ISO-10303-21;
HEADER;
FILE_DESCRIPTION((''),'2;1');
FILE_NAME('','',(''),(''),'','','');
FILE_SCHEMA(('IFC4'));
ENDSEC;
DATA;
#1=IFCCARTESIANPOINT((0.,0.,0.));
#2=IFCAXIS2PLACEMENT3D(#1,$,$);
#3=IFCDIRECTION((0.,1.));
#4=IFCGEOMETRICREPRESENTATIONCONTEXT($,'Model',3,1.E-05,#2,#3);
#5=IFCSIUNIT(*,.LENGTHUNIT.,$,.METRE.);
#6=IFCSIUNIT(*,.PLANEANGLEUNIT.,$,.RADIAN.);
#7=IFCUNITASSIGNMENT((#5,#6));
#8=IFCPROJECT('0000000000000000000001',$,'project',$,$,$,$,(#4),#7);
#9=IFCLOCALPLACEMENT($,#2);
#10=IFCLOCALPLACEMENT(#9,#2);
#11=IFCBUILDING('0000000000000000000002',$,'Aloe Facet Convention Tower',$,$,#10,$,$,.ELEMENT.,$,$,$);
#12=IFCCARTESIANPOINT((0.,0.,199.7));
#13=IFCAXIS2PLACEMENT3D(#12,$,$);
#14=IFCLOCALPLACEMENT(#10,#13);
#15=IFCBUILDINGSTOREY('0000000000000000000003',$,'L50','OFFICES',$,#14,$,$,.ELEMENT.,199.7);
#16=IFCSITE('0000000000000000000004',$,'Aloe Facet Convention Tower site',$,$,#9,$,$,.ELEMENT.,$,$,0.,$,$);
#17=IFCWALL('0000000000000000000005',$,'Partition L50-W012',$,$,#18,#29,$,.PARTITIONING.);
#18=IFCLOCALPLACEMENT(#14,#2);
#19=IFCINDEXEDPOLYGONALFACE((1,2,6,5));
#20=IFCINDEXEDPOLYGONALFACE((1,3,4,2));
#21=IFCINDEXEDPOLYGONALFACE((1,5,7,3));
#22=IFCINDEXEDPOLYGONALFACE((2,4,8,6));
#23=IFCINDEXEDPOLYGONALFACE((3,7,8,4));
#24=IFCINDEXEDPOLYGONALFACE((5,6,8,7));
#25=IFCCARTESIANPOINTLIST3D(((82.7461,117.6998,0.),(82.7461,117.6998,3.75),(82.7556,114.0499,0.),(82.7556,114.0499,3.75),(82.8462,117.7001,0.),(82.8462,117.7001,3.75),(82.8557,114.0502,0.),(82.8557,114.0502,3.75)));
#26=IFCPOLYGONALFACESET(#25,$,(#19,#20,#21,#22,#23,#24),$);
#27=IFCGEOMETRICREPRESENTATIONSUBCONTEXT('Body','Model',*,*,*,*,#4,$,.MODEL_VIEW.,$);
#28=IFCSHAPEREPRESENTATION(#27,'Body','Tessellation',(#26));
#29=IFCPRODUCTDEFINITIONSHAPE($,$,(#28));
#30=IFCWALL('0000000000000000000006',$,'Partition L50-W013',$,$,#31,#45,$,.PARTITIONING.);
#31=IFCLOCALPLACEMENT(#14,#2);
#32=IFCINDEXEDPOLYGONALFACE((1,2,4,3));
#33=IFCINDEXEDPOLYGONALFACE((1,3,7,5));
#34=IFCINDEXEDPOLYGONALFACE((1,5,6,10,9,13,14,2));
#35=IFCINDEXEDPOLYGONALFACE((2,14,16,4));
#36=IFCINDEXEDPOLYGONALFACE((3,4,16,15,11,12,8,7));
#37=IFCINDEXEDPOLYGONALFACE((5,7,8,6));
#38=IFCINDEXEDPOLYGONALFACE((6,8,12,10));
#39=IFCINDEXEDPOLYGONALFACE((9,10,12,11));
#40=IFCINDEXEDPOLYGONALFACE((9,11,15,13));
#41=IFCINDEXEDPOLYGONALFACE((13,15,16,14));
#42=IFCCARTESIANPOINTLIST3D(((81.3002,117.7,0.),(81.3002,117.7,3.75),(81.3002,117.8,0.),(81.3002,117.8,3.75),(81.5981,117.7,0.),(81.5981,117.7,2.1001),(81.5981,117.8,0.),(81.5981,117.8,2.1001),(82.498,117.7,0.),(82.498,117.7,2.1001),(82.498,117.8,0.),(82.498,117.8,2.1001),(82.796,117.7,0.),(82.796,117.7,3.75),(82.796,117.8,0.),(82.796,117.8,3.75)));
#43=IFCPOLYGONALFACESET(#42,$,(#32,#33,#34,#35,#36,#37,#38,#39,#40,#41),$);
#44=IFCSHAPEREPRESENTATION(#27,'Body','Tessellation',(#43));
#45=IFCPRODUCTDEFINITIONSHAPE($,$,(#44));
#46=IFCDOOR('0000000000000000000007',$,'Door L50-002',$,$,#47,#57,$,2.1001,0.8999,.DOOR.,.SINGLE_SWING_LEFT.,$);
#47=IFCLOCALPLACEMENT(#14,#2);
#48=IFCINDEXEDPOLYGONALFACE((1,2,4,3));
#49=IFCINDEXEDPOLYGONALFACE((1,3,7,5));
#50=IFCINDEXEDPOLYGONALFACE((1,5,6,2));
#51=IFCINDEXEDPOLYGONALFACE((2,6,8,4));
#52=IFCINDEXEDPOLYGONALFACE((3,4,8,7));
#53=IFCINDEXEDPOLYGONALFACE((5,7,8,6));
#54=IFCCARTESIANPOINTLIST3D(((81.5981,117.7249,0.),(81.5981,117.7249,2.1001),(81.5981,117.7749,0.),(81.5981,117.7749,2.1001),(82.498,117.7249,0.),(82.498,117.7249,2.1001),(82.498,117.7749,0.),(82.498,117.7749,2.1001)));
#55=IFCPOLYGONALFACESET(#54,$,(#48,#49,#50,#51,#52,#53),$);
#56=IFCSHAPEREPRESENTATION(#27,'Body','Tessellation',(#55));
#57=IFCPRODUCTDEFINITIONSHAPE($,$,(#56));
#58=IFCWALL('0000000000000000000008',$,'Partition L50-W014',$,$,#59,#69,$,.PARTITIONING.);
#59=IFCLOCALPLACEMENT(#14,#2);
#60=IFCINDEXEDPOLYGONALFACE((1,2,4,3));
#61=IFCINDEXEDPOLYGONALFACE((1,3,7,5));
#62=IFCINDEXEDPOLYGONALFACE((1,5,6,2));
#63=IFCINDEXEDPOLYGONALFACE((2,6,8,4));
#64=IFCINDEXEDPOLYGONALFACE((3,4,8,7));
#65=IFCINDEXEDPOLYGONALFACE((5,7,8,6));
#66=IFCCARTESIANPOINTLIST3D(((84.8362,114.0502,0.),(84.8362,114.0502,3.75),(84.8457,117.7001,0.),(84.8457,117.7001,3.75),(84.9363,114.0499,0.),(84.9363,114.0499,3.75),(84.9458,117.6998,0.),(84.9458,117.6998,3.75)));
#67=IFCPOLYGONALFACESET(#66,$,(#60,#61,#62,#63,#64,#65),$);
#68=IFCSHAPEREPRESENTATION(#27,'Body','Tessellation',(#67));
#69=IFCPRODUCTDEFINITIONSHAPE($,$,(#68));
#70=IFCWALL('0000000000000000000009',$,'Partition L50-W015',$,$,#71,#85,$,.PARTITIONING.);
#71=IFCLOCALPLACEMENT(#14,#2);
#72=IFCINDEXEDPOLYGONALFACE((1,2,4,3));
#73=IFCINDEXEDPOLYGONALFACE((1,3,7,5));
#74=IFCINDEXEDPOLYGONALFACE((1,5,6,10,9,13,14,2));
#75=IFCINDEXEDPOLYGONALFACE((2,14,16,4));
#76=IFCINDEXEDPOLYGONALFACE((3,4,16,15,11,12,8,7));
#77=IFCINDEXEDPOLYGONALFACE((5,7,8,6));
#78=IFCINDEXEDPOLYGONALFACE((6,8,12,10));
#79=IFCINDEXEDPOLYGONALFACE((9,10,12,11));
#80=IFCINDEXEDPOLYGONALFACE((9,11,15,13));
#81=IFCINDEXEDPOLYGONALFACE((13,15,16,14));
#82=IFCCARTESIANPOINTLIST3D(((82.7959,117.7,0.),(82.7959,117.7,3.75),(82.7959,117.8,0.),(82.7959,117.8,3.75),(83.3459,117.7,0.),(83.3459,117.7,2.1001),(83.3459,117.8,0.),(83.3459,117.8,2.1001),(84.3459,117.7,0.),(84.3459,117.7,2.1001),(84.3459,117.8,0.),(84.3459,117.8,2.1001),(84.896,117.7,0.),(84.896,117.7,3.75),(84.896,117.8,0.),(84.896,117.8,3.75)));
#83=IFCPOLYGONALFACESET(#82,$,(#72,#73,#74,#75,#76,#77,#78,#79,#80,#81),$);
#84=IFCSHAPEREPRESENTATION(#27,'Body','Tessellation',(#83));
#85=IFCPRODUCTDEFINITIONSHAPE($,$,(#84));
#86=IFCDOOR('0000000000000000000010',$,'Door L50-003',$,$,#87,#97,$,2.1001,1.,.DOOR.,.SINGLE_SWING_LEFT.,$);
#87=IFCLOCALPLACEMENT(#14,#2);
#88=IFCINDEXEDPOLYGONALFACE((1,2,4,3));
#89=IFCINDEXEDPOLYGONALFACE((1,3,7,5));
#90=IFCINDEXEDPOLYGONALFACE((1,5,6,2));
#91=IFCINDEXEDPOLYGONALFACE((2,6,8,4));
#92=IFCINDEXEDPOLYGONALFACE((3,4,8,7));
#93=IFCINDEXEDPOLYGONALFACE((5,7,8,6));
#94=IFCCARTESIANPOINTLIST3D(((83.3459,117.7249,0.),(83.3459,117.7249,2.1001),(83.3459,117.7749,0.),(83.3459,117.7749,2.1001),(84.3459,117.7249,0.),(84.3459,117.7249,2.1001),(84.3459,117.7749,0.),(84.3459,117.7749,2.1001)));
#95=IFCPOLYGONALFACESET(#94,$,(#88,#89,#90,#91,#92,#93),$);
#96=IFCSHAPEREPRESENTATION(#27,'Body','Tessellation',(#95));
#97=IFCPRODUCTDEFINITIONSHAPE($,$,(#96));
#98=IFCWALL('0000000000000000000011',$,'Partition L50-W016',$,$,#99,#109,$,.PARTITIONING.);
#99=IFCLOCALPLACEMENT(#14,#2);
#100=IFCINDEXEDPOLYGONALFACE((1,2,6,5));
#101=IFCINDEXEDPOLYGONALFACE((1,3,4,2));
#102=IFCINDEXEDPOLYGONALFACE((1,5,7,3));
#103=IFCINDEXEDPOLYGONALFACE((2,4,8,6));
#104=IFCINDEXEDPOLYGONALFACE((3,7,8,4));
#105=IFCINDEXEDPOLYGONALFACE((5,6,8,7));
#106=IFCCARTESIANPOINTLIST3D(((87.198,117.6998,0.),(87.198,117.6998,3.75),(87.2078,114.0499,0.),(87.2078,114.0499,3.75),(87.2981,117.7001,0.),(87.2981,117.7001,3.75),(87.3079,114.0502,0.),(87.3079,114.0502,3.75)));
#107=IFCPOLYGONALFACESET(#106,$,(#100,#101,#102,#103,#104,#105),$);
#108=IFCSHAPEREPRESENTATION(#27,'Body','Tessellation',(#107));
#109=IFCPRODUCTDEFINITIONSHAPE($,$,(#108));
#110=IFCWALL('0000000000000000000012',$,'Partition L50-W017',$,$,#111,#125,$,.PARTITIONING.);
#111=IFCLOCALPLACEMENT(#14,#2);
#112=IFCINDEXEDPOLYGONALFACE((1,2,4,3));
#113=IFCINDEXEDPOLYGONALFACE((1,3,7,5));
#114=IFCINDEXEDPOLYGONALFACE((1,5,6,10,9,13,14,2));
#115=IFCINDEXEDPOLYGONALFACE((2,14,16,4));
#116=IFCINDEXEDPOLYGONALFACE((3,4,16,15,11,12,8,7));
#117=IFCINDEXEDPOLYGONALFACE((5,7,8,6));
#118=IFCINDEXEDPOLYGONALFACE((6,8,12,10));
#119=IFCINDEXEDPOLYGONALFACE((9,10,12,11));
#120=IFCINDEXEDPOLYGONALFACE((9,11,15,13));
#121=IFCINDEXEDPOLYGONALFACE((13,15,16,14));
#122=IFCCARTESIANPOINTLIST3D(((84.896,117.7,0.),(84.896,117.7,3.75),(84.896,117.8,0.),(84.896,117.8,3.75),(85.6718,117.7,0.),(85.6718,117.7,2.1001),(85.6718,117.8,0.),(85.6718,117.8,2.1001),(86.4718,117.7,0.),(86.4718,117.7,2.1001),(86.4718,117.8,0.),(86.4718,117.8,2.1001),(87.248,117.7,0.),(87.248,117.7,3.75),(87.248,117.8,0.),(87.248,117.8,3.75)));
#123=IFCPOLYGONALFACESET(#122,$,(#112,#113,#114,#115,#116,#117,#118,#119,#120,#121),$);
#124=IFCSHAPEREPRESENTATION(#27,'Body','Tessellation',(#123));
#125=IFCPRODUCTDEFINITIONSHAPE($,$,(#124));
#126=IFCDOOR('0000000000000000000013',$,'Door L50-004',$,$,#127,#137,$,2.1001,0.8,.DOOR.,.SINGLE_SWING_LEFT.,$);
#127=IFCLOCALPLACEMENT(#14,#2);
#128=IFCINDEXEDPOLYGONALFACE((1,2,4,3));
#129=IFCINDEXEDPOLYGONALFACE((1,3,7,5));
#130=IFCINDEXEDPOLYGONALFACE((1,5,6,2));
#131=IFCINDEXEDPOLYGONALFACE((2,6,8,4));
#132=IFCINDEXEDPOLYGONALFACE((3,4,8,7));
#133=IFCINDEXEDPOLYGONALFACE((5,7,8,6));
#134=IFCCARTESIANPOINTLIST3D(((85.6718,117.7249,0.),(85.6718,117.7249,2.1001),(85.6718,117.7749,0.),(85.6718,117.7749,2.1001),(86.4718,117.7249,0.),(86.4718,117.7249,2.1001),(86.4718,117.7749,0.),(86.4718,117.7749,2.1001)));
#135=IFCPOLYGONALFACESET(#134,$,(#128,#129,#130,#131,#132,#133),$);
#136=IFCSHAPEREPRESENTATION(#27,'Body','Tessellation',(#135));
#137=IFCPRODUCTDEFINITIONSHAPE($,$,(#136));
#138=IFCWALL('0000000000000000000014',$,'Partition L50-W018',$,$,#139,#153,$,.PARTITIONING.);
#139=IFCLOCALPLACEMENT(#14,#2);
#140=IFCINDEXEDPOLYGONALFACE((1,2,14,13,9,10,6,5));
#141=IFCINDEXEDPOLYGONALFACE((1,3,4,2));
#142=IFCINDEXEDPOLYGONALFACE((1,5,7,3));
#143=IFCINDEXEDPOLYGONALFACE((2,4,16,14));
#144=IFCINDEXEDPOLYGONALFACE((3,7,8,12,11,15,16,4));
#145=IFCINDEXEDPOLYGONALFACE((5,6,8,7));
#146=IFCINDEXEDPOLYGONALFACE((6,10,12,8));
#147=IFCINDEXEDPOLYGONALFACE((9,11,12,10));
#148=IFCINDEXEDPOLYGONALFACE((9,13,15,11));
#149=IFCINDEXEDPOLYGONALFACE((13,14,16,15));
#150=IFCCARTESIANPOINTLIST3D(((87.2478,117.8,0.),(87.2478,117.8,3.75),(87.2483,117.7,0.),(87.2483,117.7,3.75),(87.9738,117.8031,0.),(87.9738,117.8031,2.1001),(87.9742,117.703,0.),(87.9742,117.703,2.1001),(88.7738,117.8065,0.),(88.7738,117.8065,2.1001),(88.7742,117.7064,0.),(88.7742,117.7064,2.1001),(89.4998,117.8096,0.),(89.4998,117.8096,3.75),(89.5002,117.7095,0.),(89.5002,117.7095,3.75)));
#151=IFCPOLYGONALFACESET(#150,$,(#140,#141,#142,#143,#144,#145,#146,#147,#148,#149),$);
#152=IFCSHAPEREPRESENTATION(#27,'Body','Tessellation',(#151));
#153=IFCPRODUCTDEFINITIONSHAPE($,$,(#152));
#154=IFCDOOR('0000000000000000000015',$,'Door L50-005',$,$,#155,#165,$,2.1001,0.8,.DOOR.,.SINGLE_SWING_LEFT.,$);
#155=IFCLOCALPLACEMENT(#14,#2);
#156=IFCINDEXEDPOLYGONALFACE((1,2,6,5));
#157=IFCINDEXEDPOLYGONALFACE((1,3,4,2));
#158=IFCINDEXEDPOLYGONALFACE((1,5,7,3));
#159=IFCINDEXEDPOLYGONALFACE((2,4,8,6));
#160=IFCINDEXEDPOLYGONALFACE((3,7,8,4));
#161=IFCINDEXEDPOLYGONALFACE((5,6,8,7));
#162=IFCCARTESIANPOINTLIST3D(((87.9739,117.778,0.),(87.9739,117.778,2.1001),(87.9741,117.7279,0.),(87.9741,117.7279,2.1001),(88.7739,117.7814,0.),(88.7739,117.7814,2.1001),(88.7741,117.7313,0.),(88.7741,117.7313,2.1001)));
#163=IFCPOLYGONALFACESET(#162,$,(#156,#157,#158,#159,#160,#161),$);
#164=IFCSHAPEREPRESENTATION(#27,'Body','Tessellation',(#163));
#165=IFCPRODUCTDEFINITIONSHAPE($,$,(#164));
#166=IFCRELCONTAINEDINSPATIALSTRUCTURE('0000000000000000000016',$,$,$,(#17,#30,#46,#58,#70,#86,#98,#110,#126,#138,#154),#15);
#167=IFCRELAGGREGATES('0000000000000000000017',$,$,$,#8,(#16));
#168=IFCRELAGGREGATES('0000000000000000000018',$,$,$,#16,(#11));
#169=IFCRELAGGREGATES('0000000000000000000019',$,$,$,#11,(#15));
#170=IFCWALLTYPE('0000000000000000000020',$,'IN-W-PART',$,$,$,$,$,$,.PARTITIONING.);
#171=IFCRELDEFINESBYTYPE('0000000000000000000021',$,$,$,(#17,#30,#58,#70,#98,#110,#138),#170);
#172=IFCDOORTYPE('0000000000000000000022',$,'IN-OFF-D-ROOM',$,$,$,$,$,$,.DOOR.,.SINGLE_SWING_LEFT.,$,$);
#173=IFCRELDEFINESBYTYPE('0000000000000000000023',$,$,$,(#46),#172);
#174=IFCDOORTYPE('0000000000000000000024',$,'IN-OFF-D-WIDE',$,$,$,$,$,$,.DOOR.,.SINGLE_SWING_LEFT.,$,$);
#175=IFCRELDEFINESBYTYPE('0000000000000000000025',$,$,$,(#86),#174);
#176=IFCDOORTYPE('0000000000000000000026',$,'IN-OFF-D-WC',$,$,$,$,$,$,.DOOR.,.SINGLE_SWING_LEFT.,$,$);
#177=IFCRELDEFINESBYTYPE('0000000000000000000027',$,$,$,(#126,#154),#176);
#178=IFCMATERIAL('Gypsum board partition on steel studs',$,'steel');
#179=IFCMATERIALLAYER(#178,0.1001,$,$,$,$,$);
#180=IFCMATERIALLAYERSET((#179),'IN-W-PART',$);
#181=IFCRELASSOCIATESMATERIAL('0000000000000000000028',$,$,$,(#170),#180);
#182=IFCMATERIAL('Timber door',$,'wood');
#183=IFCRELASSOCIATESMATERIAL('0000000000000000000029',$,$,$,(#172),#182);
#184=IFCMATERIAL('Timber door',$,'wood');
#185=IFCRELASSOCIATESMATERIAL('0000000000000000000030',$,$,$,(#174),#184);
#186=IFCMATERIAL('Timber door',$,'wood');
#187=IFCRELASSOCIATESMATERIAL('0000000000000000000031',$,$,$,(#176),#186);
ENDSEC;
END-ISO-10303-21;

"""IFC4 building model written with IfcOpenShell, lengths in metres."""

from ifc_helpers import new_model, si_unit, direction, frame, frame_2d, origin, place, context, subcontext, project, spatial, rectangle, extrude, material, layer, layer_set, type_object, element, fill, save


model = new_model("IFC4")

# Units and contexts
model_context = context("Model", 3, precision=1e-05, world=origin(), true_north=direction((0.0, 1.0)))
body_context = subcontext(model_context, "Body", "Model", "MODEL_VIEW")
ifc_project = project(units=[si_unit("LENGTHUNIT", "METRE"), si_unit("PLANEANGLEUNIT", "RADIAN")], contexts=[model_context])

# Site, building, storey
site_placement = place(None, origin())
site = spatial("IfcSite", under=ifc_project, at=site_placement, Name="Aloe Facet Convention Tower site", CompositionType="ELEMENT", RefElevation=0.0)
building_placement = place(site_placement, origin())
building = spatial("IfcBuilding", under=site, at=building_placement, Name="Aloe Facet Convention Tower", CompositionType="ELEMENT")
storey_placement = place(building_placement, frame((0.0, 0.0, 199.7)))
storey = spatial("IfcBuildingStorey", under=building, at=storey_placement, Name="L50", Description="OFFICES", CompositionType="ELEMENT", Elevation=199.7)

# Wall
ifc_material_1 = material(Name="Gypsum board partition on steel studs", Category="steel")
ifc_layer_1 = layer(ifc_material_1, 0.1001)
ifc_layer_set_1 = layer_set([ifc_layer_1], Name="IN-W-PART")
wall_type_1 = type_object("IfcWallType", Name="IN-W-PART", PredefinedType="PARTITIONING", material=ifc_layer_set_1)
wall_1_placement = place(storey_placement, frame((82.8057, 114.05, 0.0), z_axis=(0.0, 0.0, 1.0), x_axis=(-0.002609, 0.999997, 0.0)))
element("IfcWall", 1, at=wall_1_placement, inside=storey, type_object=wall_type_1, Name="Partition L50-W012", PredefinedType="PARTITIONING", context=body_context, shape_type="SweptSolid", body=[
    extrude(rectangle(XDim=3.6499, YDim=0.1001, at=frame_2d((1.825, 0.0))), origin(), (0.0, 0.0, 1.0), 3.75),
])

# Wall, opening, door
wall_2_placement = place(storey_placement, frame((81.3, 117.75, 0.0), z_axis=(0.0, 0.0, 1.0), x_axis=(1.0, 0.0, 0.0)))
wall_2 = element("IfcWall", 2, at=wall_2_placement, inside=storey, type_object=wall_type_1, Name="Partition L50-W013", PredefinedType="PARTITIONING", context=body_context, shape_type="SweptSolid", body=[
    extrude(rectangle(XDim=1.4958, YDim=0.1001, at=frame_2d((0.748, 0.0))), origin(), (0.0, 0.0, 1.0), 3.75),
])
opening_1_placement = place(wall_2_placement, frame((0.2981, 0.0, 0.0)))
opening_1 = element("IfcOpeningElement", 3, at=opening_1_placement, cuts=wall_2, PredefinedType="OPENING", context=body_context, shape_type="SweptSolid", body=[
    extrude(rectangle(XDim=0.8999, YDim=2.1001, at=frame_2d((0.45, 1.05))), frame((0.0, 0.0601, 0.0), z_axis=(0.0, -1.0, 0.0), x_axis=(1.0, 0.0, 0.0)), (0.0, 0.0, 1.0), 0.1201),
])
ifc_material_2 = material(Name="Timber door", Category="wood")
door_type_1 = type_object("IfcDoorType", Name="IN-OFF-D-ROOM", OperationType="SINGLE_SWING_LEFT", PredefinedType="DOOR", material=ifc_material_2)
door_1_placement = place(opening_1_placement, origin())
door_1 = element("IfcDoor", 4, at=door_1_placement, inside=storey, type_object=door_type_1, Name="Door L50-002", OperationType="SINGLE_SWING_LEFT", OverallHeight=2.1001, OverallWidth=0.8999, PredefinedType="DOOR", context=body_context, shape_type="SweptSolid", body=[
    extrude(rectangle(XDim=0.8999, YDim=2.1001, at=frame_2d((0.45, 1.05))), frame((0.0, 0.0249, 0.0), z_axis=(0.0, -1.0, 0.0), x_axis=(1.0, 0.0, 0.0)), (0.0, 0.0, 1.0), 0.05),
])
fill(opening_1, door_1)

# Wall
wall_3_placement = place(storey_placement, frame((84.8862, 114.05, 0.0), z_axis=(0.0, 0.0, 1.0), x_axis=(0.002609, 0.999997, 0.0)))
element("IfcWall", 5, at=wall_3_placement, inside=storey, type_object=wall_type_1, Name="Partition L50-W014", PredefinedType="PARTITIONING", context=body_context, shape_type="SweptSolid", body=[
    extrude(rectangle(XDim=3.6499, YDim=0.1001, at=frame_2d((1.825, 0.0))), origin(), (0.0, 0.0, 1.0), 3.75),
])

# Wall, opening, door
wall_4_placement = place(storey_placement, frame((82.7959, 117.75, 0.0), z_axis=(0.0, 0.0, 1.0), x_axis=(1.0, 0.0, 0.0)))
wall_4 = element("IfcWall", 6, at=wall_4_placement, inside=storey, type_object=wall_type_1, Name="Partition L50-W015", PredefinedType="PARTITIONING", context=body_context, shape_type="SweptSolid", body=[
    extrude(rectangle(XDim=2.1001, YDim=0.1001, at=frame_2d((1.05, 0.0))), origin(), (0.0, 0.0, 1.0), 3.75),
])
opening_2_placement = place(wall_4_placement, frame((0.55, 0.0, 0.0)))
opening_2 = element("IfcOpeningElement", 7, at=opening_2_placement, cuts=wall_4, PredefinedType="OPENING", context=body_context, shape_type="SweptSolid", body=[
    extrude(rectangle(XDim=1.0, YDim=2.1001, at=frame_2d((0.5, 1.05))), frame((0.0, 0.0601, 0.0), z_axis=(0.0, -1.0, 0.0), x_axis=(1.0, 0.0, 0.0)), (0.0, 0.0, 1.0), 0.1201),
])
ifc_material_3 = material(Name="Timber door", Category="wood")
door_type_2 = type_object("IfcDoorType", Name="IN-OFF-D-WIDE", OperationType="SINGLE_SWING_LEFT", PredefinedType="DOOR", material=ifc_material_3)
door_2_placement = place(opening_2_placement, origin())
door_2 = element("IfcDoor", 8, at=door_2_placement, inside=storey, type_object=door_type_2, Name="Door L50-003", OperationType="SINGLE_SWING_LEFT", OverallHeight=2.1001, OverallWidth=1.0, PredefinedType="DOOR", context=body_context, shape_type="SweptSolid", body=[
    extrude(rectangle(XDim=1.0, YDim=2.1001, at=frame_2d((0.5, 1.05))), frame((0.0, 0.0249, 0.0), z_axis=(0.0, -1.0, 0.0), x_axis=(1.0, 0.0, 0.0)), (0.0, 0.0, 1.0), 0.05),
])
fill(opening_2, door_2)

# Wall
wall_5_placement = place(storey_placement, frame((87.2578, 114.05, 0.0), z_axis=(0.0, 0.0, 1.0), x_axis=(-0.002676, 0.999996, 0.0)))
element("IfcWall", 9, at=wall_5_placement, inside=storey, type_object=wall_type_1, Name="Partition L50-W016", PredefinedType="PARTITIONING", context=body_context, shape_type="SweptSolid", body=[
    extrude(rectangle(XDim=3.6499, YDim=0.1001, at=frame_2d((1.825, 0.0))), origin(), (0.0, 0.0, 1.0), 3.75),
])

# Walls, openings, doors
wall_6_placement = place(storey_placement, frame((84.896, 117.75, 0.0), z_axis=(0.0, 0.0, 1.0), x_axis=(1.0, 0.0, 0.0)))
wall_6 = element("IfcWall", 10, at=wall_6_placement, inside=storey, type_object=wall_type_1, Name="Partition L50-W017", PredefinedType="PARTITIONING", context=body_context, shape_type="SweptSolid", body=[
    extrude(rectangle(XDim=2.3521, YDim=0.1001, at=frame_2d((1.176, 0.0))), origin(), (0.0, 0.0, 1.0), 3.75),
])
opening_3_placement = place(wall_6_placement, frame((0.7759, 0.0, 0.0)))
opening_3 = element("IfcOpeningElement", 11, at=opening_3_placement, cuts=wall_6, PredefinedType="OPENING", context=body_context, shape_type="SweptSolid", body=[
    extrude(rectangle(XDim=0.8, YDim=2.1001, at=frame_2d((0.3999, 1.05))), frame((0.0, 0.0601, 0.0), z_axis=(0.0, -1.0, 0.0), x_axis=(1.0, 0.0, 0.0)), (0.0, 0.0, 1.0), 0.1201),
])
ifc_material_4 = material(Name="Timber door", Category="wood")
door_type_3 = type_object("IfcDoorType", Name="IN-OFF-D-WC", OperationType="SINGLE_SWING_LEFT", PredefinedType="DOOR", material=ifc_material_4)
door_3_placement = place(opening_3_placement, origin())
door_3 = element("IfcDoor", 12, at=door_3_placement, inside=storey, type_object=door_type_3, Name="Door L50-004", OperationType="SINGLE_SWING_LEFT", OverallHeight=2.1001, OverallWidth=0.8, PredefinedType="DOOR", context=body_context, shape_type="SweptSolid", body=[
    extrude(rectangle(XDim=0.8, YDim=2.1001, at=frame_2d((0.3999, 1.05))), frame((0.0, 0.0249, 0.0), z_axis=(0.0, -1.0, 0.0), x_axis=(1.0, 0.0, 0.0)), (0.0, 0.0, 1.0), 0.05),
])
fill(opening_3, door_3)
wall_7_placement = place(storey_placement, frame((87.248, 117.75, 0.0), z_axis=(0.0, 0.0, 1.0), x_axis=(0.999991, 0.004228, 0.0)))
wall_7 = element("IfcWall", 13, at=wall_7_placement, inside=storey, type_object=wall_type_1, Name="Partition L50-W018", PredefinedType="PARTITIONING", context=body_context, shape_type="SweptSolid", body=[
    extrude(rectangle(XDim=2.252, YDim=0.1001, at=frame_2d((1.126, 0.0))), origin(), (0.0, 0.0, 1.0), 3.75),
])
opening_4_placement = place(wall_7_placement, frame((0.7261, 0.0, 0.0)))
opening_4 = element("IfcOpeningElement", 14, at=opening_4_placement, cuts=wall_7, PredefinedType="OPENING", context=body_context, shape_type="SweptSolid", body=[
    extrude(rectangle(XDim=0.8, YDim=2.1001, at=frame_2d((0.3999, 1.05))), frame((0.0, 0.0601, 0.0), z_axis=(0.0, -1.0, 0.0), x_axis=(1.0, 0.0, 0.0)), (0.0, 0.0, 1.0), 0.1201),
])
door_4_placement = place(opening_4_placement, origin())
door_4 = element("IfcDoor", 15, at=door_4_placement, inside=storey, type_object=door_type_3, Name="Door L50-005", OperationType="SINGLE_SWING_LEFT", OverallHeight=2.1001, OverallWidth=0.8, PredefinedType="DOOR", context=body_context, shape_type="SweptSolid", body=[
    extrude(rectangle(XDim=0.8, YDim=2.1001, at=frame_2d((0.3999, 1.05))), frame((0.0, 0.0249, 0.0), z_axis=(0.0, -1.0, 0.0), x_axis=(1.0, 0.0, 0.0)), (0.0, 0.0, 1.0), 0.05),
])
fill(opening_4, door_4)

save(model, "model.ifc")
